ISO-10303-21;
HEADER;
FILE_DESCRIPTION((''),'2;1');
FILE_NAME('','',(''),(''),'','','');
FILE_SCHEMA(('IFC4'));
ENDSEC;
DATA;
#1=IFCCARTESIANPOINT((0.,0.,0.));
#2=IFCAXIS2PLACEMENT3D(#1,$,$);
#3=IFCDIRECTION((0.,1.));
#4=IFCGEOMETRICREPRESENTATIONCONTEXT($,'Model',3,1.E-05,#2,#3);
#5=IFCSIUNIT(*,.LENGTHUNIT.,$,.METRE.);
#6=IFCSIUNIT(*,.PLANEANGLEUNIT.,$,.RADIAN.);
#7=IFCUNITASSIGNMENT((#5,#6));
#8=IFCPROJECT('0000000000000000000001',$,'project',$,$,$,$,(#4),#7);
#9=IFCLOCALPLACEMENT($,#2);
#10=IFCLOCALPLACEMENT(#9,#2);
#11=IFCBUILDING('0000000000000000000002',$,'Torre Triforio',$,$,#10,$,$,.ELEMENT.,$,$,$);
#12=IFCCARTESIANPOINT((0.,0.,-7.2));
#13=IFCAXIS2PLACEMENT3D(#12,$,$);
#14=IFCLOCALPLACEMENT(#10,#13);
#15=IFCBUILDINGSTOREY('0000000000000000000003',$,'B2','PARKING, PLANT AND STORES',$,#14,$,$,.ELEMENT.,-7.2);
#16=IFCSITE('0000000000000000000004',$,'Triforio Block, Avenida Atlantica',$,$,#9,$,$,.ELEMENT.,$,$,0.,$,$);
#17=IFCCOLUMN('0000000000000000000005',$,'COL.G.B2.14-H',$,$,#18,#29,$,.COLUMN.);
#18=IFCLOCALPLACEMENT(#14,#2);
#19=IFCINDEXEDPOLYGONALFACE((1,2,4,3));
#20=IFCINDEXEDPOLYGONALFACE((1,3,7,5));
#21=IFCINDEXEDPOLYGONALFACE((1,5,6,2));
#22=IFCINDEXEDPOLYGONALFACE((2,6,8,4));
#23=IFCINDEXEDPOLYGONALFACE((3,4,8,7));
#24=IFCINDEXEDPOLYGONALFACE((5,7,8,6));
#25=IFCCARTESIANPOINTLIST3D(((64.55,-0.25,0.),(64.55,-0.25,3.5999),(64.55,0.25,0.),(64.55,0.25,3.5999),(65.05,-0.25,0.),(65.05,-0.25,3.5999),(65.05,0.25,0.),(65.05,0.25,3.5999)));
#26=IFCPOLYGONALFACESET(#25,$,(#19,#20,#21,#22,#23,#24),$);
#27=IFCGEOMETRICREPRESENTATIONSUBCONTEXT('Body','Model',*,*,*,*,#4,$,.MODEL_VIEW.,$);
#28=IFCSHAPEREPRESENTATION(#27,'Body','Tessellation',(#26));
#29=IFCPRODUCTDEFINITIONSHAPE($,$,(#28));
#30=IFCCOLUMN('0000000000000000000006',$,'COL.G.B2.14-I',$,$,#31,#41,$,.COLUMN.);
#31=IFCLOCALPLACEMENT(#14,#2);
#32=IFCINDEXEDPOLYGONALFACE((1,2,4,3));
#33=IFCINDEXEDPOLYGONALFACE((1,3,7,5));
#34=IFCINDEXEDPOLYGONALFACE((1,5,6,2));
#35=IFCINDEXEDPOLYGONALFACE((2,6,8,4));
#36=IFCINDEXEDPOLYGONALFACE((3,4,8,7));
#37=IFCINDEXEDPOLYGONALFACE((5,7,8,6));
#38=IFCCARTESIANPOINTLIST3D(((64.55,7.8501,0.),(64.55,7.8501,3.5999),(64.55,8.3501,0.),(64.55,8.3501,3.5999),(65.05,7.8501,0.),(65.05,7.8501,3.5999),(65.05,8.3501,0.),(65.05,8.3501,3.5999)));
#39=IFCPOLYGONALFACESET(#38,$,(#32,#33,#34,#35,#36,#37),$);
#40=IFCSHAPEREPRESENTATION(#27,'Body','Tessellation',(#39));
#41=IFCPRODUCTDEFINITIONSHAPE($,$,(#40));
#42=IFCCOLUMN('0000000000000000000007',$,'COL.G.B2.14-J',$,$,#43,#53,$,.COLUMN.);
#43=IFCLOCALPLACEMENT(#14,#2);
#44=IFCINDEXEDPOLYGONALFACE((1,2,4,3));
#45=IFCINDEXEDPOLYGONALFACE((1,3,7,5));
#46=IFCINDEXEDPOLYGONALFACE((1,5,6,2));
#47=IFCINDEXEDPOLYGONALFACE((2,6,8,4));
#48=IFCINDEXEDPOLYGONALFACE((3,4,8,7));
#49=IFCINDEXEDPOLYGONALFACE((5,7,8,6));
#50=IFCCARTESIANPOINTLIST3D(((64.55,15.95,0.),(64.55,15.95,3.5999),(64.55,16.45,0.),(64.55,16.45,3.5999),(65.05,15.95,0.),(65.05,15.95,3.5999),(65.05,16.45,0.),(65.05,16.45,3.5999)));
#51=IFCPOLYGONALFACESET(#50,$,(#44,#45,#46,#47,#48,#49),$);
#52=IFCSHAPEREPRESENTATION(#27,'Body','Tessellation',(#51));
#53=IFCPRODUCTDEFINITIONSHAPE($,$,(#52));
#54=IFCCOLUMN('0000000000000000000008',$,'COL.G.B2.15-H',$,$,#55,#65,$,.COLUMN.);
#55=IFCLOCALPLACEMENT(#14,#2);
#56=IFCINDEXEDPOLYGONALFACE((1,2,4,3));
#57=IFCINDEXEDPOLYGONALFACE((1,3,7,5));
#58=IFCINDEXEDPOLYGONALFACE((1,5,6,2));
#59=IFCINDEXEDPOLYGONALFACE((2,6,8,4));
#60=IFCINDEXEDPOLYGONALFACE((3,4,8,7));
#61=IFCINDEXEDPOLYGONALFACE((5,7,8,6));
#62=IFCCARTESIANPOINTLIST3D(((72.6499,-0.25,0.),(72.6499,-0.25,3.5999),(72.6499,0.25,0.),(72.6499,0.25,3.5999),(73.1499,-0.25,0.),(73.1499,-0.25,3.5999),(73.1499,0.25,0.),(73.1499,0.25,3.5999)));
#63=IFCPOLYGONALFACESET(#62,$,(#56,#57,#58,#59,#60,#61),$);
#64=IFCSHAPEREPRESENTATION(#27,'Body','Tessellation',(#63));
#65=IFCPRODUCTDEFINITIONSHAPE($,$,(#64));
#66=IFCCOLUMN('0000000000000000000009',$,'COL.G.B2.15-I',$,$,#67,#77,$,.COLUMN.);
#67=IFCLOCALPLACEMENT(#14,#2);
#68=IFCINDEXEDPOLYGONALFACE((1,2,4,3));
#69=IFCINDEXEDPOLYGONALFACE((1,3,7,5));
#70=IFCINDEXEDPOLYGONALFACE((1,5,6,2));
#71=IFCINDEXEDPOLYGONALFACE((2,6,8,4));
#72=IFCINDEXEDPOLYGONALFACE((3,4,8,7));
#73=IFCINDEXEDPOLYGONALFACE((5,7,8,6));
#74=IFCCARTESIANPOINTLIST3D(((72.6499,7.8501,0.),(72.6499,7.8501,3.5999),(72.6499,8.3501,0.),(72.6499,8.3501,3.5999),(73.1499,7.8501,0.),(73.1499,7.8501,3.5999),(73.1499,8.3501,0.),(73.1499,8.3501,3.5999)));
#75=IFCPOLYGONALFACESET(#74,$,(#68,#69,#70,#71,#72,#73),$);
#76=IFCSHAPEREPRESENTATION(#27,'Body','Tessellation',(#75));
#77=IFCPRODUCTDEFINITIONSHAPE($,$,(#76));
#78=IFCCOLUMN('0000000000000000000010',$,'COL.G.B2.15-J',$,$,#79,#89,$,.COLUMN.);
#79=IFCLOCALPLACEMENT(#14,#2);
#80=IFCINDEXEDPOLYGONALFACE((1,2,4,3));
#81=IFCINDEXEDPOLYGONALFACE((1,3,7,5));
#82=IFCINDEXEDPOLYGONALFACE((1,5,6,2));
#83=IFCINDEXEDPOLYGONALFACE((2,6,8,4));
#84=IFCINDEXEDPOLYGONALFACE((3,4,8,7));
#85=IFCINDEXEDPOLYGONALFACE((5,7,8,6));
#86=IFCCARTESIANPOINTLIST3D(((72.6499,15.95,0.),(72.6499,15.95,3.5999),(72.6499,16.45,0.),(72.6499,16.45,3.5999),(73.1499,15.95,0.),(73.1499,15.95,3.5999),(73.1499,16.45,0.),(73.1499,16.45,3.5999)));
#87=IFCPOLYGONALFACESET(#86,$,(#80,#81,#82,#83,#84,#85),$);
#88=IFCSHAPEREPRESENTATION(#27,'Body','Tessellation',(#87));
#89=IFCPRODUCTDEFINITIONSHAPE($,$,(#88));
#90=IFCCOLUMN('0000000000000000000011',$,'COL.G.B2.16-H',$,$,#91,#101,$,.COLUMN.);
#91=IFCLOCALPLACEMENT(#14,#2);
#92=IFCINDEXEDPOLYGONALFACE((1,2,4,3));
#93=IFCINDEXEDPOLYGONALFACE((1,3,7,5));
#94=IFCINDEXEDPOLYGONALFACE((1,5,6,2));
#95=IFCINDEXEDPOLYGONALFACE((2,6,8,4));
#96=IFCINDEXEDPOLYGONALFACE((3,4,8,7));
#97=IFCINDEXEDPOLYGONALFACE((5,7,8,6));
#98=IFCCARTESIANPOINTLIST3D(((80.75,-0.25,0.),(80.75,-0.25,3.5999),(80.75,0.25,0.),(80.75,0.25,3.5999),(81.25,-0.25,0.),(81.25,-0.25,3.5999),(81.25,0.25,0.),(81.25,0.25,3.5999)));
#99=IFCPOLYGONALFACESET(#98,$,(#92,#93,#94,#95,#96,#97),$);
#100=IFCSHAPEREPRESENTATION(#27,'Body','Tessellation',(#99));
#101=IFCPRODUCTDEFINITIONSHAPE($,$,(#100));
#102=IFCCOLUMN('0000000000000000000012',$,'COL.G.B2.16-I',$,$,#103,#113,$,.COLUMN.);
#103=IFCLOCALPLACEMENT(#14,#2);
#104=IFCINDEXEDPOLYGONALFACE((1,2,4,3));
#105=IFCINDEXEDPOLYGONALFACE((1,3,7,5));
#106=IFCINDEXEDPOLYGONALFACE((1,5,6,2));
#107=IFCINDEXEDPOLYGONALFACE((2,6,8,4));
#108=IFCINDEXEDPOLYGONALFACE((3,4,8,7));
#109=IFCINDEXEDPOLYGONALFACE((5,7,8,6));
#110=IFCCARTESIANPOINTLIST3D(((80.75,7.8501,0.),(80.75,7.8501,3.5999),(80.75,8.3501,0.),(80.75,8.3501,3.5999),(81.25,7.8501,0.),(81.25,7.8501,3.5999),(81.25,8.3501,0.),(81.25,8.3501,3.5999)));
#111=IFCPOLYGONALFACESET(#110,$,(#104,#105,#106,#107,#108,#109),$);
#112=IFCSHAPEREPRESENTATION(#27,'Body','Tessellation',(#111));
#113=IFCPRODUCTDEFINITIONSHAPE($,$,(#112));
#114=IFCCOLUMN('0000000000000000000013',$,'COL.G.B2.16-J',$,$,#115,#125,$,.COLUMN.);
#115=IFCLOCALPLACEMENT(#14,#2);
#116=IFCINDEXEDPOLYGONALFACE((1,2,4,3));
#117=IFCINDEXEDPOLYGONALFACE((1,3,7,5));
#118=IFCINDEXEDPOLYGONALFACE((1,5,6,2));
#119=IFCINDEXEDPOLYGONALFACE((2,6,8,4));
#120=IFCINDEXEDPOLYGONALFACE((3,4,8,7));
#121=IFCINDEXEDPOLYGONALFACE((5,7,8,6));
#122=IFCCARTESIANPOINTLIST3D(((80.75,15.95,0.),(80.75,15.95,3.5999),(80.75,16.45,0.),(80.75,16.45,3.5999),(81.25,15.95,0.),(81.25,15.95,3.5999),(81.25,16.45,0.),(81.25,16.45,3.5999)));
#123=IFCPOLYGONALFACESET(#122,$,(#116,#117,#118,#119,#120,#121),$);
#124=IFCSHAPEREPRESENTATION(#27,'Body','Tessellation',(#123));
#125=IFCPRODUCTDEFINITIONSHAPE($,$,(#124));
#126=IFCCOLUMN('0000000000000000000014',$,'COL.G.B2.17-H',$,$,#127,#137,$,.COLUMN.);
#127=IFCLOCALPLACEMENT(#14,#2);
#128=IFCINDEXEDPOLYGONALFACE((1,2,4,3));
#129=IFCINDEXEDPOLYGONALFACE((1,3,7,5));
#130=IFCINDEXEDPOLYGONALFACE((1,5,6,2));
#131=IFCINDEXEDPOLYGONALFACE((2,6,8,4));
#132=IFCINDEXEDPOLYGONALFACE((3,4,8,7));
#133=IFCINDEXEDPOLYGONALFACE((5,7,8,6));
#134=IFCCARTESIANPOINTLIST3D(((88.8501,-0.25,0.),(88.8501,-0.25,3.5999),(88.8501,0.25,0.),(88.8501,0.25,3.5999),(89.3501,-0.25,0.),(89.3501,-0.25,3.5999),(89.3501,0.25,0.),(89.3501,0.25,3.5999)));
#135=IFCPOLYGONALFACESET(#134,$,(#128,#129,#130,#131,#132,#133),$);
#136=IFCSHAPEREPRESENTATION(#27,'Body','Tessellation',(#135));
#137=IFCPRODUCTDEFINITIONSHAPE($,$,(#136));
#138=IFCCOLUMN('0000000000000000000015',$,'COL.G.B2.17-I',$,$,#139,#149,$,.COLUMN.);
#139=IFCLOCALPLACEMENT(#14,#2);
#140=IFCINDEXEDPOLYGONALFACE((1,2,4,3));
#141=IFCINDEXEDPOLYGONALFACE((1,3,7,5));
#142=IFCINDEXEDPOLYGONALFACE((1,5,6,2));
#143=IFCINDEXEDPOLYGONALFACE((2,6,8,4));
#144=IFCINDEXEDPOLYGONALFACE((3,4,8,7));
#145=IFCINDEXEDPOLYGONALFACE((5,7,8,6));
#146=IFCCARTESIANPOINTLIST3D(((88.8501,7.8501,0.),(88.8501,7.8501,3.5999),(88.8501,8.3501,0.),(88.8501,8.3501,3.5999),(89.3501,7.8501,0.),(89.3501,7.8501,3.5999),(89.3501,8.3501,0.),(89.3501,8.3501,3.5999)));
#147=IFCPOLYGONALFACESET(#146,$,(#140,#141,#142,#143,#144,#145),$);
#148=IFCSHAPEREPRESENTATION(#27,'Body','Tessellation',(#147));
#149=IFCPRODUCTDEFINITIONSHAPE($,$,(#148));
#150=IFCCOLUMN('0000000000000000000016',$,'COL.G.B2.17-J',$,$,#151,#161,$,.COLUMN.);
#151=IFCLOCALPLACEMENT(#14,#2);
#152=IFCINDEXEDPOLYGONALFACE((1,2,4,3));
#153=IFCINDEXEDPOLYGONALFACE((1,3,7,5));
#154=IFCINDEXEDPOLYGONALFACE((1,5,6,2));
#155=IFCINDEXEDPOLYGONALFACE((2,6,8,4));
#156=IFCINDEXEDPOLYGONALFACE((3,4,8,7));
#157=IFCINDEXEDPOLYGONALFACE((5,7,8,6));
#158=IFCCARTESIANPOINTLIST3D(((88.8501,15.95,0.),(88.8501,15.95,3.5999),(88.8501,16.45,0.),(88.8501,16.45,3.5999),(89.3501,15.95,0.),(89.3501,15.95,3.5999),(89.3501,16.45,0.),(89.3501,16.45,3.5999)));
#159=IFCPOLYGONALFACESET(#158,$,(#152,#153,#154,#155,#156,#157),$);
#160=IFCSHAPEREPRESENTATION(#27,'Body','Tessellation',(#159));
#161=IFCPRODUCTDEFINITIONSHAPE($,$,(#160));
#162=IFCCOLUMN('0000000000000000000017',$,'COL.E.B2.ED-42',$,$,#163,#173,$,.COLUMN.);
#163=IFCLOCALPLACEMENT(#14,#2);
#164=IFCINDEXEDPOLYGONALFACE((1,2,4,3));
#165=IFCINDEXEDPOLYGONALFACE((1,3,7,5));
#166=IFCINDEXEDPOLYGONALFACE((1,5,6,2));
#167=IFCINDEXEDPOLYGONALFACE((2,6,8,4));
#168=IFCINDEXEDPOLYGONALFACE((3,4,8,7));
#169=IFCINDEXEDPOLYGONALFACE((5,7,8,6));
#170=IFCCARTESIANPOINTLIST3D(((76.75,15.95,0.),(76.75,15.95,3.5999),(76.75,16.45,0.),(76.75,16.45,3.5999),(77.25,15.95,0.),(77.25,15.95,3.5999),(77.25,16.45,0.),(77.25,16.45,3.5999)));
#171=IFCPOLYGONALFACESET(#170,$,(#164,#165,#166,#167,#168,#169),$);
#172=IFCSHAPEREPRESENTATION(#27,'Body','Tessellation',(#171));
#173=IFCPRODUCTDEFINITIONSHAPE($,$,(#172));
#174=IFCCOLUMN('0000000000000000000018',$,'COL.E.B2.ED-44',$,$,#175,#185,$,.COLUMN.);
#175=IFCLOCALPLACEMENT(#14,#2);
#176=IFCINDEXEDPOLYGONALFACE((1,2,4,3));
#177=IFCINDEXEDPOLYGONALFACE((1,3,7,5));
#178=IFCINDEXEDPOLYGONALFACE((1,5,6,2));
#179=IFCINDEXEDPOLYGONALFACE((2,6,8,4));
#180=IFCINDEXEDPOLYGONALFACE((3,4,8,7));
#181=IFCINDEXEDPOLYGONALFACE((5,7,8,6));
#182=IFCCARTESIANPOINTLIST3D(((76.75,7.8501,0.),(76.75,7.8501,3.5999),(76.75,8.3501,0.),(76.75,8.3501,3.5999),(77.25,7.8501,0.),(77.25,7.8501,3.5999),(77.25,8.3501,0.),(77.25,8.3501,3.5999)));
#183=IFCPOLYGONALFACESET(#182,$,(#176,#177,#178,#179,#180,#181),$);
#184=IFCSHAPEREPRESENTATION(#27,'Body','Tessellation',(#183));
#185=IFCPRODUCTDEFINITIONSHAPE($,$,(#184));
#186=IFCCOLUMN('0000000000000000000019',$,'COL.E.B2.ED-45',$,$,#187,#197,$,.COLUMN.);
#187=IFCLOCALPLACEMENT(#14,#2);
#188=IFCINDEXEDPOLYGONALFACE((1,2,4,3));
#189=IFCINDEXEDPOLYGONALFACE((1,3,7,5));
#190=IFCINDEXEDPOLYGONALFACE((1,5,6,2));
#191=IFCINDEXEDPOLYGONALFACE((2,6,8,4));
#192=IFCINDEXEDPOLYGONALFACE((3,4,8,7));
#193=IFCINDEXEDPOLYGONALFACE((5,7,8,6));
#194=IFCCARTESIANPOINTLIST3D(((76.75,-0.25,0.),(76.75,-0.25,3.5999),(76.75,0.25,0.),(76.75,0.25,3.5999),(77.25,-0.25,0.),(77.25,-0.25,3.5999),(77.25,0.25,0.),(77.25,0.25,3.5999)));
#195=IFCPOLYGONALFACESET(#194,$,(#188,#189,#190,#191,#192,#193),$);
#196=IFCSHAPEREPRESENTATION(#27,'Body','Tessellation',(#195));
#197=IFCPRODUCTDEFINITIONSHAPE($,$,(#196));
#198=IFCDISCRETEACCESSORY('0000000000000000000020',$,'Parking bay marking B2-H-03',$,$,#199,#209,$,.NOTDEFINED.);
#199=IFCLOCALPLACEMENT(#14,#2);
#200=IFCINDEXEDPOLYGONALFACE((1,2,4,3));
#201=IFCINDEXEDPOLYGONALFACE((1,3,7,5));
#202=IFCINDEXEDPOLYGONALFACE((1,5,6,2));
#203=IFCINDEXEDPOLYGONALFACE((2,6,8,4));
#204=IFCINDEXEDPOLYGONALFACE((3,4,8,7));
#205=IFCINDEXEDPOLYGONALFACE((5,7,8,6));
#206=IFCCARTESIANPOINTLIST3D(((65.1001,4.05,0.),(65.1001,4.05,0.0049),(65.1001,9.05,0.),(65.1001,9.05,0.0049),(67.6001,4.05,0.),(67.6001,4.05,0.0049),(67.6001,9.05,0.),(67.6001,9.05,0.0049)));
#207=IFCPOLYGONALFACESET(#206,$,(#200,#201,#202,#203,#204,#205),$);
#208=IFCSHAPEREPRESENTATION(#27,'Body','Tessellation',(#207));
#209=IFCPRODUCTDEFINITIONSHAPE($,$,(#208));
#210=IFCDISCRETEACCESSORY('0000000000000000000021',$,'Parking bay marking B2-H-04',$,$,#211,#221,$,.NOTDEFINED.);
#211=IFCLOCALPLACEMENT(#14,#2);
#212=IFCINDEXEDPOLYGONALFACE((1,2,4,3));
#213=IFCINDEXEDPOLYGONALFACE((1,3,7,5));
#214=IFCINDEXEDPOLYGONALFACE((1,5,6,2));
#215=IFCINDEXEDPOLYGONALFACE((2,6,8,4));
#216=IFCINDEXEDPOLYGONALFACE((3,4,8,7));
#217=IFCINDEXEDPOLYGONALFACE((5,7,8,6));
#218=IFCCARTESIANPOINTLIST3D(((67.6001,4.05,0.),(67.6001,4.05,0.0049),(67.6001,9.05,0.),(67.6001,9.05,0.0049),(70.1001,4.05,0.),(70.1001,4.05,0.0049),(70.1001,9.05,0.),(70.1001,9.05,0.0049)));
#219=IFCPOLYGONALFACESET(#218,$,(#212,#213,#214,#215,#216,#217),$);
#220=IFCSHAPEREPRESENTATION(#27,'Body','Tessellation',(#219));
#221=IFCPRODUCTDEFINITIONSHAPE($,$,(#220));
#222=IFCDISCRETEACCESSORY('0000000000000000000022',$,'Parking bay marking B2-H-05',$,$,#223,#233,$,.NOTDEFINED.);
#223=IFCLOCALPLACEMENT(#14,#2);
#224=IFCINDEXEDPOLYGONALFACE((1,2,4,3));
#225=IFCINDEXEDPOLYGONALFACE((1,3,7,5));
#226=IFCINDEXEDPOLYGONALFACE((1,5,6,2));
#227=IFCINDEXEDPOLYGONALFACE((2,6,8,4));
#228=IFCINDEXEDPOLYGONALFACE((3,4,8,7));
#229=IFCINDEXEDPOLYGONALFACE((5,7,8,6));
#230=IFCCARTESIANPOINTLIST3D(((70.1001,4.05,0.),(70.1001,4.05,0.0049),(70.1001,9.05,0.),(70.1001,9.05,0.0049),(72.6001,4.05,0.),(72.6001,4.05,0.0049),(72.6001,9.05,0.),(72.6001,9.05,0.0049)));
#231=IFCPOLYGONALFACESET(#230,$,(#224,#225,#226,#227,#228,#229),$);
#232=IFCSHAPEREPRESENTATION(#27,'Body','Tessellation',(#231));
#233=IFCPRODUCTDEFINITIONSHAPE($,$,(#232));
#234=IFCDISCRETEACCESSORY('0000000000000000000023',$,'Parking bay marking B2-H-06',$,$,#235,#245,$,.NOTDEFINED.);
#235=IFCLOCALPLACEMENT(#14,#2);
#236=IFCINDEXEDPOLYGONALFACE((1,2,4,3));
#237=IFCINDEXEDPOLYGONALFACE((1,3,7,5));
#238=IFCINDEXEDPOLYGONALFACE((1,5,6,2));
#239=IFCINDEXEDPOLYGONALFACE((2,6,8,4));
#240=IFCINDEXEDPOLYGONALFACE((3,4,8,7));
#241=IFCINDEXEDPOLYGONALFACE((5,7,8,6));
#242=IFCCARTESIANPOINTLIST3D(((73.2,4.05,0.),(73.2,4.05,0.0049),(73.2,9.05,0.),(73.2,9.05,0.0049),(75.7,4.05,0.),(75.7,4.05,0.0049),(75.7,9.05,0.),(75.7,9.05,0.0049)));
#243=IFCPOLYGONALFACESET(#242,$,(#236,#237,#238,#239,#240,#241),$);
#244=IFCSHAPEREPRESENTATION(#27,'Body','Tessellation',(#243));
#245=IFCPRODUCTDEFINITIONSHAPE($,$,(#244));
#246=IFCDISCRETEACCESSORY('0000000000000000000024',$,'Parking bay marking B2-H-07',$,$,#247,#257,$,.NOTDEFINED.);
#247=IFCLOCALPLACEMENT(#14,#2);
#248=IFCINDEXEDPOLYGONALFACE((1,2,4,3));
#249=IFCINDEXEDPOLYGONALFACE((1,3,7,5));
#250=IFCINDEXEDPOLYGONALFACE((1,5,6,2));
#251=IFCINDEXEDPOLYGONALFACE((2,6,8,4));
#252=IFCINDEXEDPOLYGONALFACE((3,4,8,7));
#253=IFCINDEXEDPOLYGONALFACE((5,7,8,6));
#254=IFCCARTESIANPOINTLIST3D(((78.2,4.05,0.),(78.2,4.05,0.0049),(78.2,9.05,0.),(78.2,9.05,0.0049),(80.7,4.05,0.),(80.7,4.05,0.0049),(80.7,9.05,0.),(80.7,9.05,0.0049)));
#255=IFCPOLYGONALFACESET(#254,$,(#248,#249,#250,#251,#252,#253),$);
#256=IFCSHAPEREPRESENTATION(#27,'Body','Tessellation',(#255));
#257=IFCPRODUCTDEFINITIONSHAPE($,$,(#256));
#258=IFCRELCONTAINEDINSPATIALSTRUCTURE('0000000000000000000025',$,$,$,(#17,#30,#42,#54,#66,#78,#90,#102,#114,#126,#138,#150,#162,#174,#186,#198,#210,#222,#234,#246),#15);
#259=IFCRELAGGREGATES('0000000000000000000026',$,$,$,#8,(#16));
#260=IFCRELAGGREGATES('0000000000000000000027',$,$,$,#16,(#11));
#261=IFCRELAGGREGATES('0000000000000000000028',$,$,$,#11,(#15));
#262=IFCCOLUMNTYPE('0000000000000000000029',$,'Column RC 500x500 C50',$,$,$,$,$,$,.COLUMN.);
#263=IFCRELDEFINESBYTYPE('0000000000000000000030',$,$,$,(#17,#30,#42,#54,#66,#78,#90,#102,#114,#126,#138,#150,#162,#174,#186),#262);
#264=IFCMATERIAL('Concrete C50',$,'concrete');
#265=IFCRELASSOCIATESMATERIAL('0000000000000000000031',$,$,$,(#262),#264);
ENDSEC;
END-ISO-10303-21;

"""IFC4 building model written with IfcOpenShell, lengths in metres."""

from ifc_helpers import new_model, si_unit, direction, frame, origin, origin_2d, place, context, subcontext, project, spatial, rectangle, extrude, material, material_profile, profile_set, type_object, element, save


model = new_model("IFC4")

# Units and contexts
model_context = context("Model", 3, precision=1e-05, world=origin(), true_north=direction((0.0, 1.0)))
body_context = subcontext(model_context, "Body", "Model", "MODEL_VIEW")
ifc_project = project(units=[si_unit("LENGTHUNIT", "METRE"), si_unit("PLANEANGLEUNIT", "RADIAN")], contexts=[model_context])

# Site, building, storey
site_placement = place(None, origin())
site = spatial("IfcSite", under=ifc_project, at=site_placement, Name="Triforio Block, Avenida Atlantica", CompositionType="ELEMENT", RefElevation=0.0)
building_placement = place(site_placement, origin())
building = spatial("IfcBuilding", under=site, at=building_placement, Name="Torre Triforio", CompositionType="ELEMENT")
storey_placement = place(building_placement, frame((0.0, 0.0, -7.2)))
storey = spatial("IfcBuildingStorey", under=building, at=storey_placement, Name="B2", Description="PARKING, PLANT AND STORES", CompositionType="ELEMENT", Elevation=-7.2)

# Columns
ifc_material = material(Name="Concrete C50", Category="concrete")
ifc_material_profile = material_profile(ifc_material, rectangle(XDim=0.5, YDim=0.5, at=origin_2d()), Name="RC 500x500")
ifc_profile_set = profile_set([ifc_material_profile], Name="Concrete C50")
column_type = type_object("IfcColumnType", Name="Column RC 500x500 C50", PredefinedType="COLUMN", material=ifc_profile_set)
for number, where, z_axis, x_axis, name in (
    (1, (64.8, 0.0, 0.0), (0.0, 0.0, 1.0), (1.0, 0.0, 0.0), "COL.G.B2.14-H"),
    (2, (64.8, 8.1001, 0.0), (0.0, 0.0, 1.0), (1.0, 0.0, 0.0), "COL.G.B2.14-I"),
    (3, (64.8, 16.2, 0.0), (0.0, 0.0, 1.0), (1.0, 0.0, 0.0), "COL.G.B2.14-J"),
    (4, (72.8999, 0.0, 0.0), (0.0, 0.0, 1.0), (1.0, 0.0, 0.0), "COL.G.B2.15-H"),
    (5, (72.8999, 8.1001, 0.0), (0.0, 0.0, 1.0), (1.0, 0.0, 0.0), "COL.G.B2.15-I"),
    (6, (72.8999, 16.2, 0.0), (0.0, 0.0, 1.0), (1.0, 0.0, 0.0), "COL.G.B2.15-J"),
    (7, (81.0, 0.0, 0.0), (0.0, 0.0, 1.0), (1.0, 0.0, 0.0), "COL.G.B2.16-H"),
    (8, (81.0, 8.1001, 0.0), (0.0, 0.0, 1.0), (1.0, 0.0, 0.0), "COL.G.B2.16-I"),
    (9, (81.0, 16.2, 0.0), (0.0, 0.0, 1.0), (1.0, 0.0, 0.0), "COL.G.B2.16-J"),
    (10, (89.1001, 0.0, 0.0), (0.0, 0.0, 1.0), (1.0, 0.0, 0.0), "COL.G.B2.17-H"),
    (11, (89.1001, 8.1001, 0.0), (0.0, 0.0, 1.0), (1.0, 0.0, 0.0), "COL.G.B2.17-I"),
    (12, (89.1001, 16.2, 0.0), (0.0, 0.0, 1.0), (1.0, 0.0, 0.0), "COL.G.B2.17-J"),
    (13, (77.0, 16.2, 0.0), (0.0, 0.0, 1.0), (1.0, 0.0, 0.0), "COL.E.B2.ED-42"),
    (14, (77.0, 8.1001, 0.0), (0.0, 0.0, 1.0), (1.0, 0.0, 0.0), "COL.E.B2.ED-44"),
    (15, (77.0, 0.0, 0.0), (0.0, 0.0, 1.0), (1.0, 0.0, 0.0), "COL.E.B2.ED-45"),
):
    element("IfcColumn", number, at=place(storey_placement, frame(where, z_axis=z_axis, x_axis=x_axis)), inside=storey, type_object=column_type, Name=name, PredefinedType="COLUMN", context=body_context, shape_type="SweptSolid", body=[
        extrude(rectangle(XDim=0.5, YDim=0.5, at=origin_2d()), origin(), (0.0, 0.0, 1.0), 3.5999),
    ])

# Discrete accessories
for number, where, z_axis, x_axis, name in (
    (16, (66.3501, 6.55, 0.0), (0.0, 0.0, 1.0), (1.0, 0.0, 0.0), "Parking bay marking B2-H-03"),
    (17, (68.8501, 6.55, 0.0), (0.0, 0.0, 1.0), (1.0, 0.0, 0.0), "Parking bay marking B2-H-04"),
    (18, (71.3501, 6.55, 0.0), (0.0, 0.0, 1.0), (1.0, 0.0, 0.0), "Parking bay marking B2-H-05"),
    (19, (74.45, 6.55, 0.0), (0.0, 0.0, 1.0), (1.0, 0.0, 0.0), "Parking bay marking B2-H-06"),
    (20, (79.45, 6.55, 0.0), (0.0, 0.0, 1.0), (1.0, 0.0, 0.0), "Parking bay marking B2-H-07"),
):
    element("IfcDiscreteAccessory", number, at=place(storey_placement, frame(where, z_axis=z_axis, x_axis=x_axis)), inside=storey, Name=name, PredefinedType="NOTDEFINED", context=body_context, shape_type="SweptSolid", body=[
        extrude(rectangle(XDim=2.5, YDim=5.0, at=origin_2d()), origin(), (0.0, 0.0, 1.0), 0.0049),
    ])

save(model, "model.ifc")
